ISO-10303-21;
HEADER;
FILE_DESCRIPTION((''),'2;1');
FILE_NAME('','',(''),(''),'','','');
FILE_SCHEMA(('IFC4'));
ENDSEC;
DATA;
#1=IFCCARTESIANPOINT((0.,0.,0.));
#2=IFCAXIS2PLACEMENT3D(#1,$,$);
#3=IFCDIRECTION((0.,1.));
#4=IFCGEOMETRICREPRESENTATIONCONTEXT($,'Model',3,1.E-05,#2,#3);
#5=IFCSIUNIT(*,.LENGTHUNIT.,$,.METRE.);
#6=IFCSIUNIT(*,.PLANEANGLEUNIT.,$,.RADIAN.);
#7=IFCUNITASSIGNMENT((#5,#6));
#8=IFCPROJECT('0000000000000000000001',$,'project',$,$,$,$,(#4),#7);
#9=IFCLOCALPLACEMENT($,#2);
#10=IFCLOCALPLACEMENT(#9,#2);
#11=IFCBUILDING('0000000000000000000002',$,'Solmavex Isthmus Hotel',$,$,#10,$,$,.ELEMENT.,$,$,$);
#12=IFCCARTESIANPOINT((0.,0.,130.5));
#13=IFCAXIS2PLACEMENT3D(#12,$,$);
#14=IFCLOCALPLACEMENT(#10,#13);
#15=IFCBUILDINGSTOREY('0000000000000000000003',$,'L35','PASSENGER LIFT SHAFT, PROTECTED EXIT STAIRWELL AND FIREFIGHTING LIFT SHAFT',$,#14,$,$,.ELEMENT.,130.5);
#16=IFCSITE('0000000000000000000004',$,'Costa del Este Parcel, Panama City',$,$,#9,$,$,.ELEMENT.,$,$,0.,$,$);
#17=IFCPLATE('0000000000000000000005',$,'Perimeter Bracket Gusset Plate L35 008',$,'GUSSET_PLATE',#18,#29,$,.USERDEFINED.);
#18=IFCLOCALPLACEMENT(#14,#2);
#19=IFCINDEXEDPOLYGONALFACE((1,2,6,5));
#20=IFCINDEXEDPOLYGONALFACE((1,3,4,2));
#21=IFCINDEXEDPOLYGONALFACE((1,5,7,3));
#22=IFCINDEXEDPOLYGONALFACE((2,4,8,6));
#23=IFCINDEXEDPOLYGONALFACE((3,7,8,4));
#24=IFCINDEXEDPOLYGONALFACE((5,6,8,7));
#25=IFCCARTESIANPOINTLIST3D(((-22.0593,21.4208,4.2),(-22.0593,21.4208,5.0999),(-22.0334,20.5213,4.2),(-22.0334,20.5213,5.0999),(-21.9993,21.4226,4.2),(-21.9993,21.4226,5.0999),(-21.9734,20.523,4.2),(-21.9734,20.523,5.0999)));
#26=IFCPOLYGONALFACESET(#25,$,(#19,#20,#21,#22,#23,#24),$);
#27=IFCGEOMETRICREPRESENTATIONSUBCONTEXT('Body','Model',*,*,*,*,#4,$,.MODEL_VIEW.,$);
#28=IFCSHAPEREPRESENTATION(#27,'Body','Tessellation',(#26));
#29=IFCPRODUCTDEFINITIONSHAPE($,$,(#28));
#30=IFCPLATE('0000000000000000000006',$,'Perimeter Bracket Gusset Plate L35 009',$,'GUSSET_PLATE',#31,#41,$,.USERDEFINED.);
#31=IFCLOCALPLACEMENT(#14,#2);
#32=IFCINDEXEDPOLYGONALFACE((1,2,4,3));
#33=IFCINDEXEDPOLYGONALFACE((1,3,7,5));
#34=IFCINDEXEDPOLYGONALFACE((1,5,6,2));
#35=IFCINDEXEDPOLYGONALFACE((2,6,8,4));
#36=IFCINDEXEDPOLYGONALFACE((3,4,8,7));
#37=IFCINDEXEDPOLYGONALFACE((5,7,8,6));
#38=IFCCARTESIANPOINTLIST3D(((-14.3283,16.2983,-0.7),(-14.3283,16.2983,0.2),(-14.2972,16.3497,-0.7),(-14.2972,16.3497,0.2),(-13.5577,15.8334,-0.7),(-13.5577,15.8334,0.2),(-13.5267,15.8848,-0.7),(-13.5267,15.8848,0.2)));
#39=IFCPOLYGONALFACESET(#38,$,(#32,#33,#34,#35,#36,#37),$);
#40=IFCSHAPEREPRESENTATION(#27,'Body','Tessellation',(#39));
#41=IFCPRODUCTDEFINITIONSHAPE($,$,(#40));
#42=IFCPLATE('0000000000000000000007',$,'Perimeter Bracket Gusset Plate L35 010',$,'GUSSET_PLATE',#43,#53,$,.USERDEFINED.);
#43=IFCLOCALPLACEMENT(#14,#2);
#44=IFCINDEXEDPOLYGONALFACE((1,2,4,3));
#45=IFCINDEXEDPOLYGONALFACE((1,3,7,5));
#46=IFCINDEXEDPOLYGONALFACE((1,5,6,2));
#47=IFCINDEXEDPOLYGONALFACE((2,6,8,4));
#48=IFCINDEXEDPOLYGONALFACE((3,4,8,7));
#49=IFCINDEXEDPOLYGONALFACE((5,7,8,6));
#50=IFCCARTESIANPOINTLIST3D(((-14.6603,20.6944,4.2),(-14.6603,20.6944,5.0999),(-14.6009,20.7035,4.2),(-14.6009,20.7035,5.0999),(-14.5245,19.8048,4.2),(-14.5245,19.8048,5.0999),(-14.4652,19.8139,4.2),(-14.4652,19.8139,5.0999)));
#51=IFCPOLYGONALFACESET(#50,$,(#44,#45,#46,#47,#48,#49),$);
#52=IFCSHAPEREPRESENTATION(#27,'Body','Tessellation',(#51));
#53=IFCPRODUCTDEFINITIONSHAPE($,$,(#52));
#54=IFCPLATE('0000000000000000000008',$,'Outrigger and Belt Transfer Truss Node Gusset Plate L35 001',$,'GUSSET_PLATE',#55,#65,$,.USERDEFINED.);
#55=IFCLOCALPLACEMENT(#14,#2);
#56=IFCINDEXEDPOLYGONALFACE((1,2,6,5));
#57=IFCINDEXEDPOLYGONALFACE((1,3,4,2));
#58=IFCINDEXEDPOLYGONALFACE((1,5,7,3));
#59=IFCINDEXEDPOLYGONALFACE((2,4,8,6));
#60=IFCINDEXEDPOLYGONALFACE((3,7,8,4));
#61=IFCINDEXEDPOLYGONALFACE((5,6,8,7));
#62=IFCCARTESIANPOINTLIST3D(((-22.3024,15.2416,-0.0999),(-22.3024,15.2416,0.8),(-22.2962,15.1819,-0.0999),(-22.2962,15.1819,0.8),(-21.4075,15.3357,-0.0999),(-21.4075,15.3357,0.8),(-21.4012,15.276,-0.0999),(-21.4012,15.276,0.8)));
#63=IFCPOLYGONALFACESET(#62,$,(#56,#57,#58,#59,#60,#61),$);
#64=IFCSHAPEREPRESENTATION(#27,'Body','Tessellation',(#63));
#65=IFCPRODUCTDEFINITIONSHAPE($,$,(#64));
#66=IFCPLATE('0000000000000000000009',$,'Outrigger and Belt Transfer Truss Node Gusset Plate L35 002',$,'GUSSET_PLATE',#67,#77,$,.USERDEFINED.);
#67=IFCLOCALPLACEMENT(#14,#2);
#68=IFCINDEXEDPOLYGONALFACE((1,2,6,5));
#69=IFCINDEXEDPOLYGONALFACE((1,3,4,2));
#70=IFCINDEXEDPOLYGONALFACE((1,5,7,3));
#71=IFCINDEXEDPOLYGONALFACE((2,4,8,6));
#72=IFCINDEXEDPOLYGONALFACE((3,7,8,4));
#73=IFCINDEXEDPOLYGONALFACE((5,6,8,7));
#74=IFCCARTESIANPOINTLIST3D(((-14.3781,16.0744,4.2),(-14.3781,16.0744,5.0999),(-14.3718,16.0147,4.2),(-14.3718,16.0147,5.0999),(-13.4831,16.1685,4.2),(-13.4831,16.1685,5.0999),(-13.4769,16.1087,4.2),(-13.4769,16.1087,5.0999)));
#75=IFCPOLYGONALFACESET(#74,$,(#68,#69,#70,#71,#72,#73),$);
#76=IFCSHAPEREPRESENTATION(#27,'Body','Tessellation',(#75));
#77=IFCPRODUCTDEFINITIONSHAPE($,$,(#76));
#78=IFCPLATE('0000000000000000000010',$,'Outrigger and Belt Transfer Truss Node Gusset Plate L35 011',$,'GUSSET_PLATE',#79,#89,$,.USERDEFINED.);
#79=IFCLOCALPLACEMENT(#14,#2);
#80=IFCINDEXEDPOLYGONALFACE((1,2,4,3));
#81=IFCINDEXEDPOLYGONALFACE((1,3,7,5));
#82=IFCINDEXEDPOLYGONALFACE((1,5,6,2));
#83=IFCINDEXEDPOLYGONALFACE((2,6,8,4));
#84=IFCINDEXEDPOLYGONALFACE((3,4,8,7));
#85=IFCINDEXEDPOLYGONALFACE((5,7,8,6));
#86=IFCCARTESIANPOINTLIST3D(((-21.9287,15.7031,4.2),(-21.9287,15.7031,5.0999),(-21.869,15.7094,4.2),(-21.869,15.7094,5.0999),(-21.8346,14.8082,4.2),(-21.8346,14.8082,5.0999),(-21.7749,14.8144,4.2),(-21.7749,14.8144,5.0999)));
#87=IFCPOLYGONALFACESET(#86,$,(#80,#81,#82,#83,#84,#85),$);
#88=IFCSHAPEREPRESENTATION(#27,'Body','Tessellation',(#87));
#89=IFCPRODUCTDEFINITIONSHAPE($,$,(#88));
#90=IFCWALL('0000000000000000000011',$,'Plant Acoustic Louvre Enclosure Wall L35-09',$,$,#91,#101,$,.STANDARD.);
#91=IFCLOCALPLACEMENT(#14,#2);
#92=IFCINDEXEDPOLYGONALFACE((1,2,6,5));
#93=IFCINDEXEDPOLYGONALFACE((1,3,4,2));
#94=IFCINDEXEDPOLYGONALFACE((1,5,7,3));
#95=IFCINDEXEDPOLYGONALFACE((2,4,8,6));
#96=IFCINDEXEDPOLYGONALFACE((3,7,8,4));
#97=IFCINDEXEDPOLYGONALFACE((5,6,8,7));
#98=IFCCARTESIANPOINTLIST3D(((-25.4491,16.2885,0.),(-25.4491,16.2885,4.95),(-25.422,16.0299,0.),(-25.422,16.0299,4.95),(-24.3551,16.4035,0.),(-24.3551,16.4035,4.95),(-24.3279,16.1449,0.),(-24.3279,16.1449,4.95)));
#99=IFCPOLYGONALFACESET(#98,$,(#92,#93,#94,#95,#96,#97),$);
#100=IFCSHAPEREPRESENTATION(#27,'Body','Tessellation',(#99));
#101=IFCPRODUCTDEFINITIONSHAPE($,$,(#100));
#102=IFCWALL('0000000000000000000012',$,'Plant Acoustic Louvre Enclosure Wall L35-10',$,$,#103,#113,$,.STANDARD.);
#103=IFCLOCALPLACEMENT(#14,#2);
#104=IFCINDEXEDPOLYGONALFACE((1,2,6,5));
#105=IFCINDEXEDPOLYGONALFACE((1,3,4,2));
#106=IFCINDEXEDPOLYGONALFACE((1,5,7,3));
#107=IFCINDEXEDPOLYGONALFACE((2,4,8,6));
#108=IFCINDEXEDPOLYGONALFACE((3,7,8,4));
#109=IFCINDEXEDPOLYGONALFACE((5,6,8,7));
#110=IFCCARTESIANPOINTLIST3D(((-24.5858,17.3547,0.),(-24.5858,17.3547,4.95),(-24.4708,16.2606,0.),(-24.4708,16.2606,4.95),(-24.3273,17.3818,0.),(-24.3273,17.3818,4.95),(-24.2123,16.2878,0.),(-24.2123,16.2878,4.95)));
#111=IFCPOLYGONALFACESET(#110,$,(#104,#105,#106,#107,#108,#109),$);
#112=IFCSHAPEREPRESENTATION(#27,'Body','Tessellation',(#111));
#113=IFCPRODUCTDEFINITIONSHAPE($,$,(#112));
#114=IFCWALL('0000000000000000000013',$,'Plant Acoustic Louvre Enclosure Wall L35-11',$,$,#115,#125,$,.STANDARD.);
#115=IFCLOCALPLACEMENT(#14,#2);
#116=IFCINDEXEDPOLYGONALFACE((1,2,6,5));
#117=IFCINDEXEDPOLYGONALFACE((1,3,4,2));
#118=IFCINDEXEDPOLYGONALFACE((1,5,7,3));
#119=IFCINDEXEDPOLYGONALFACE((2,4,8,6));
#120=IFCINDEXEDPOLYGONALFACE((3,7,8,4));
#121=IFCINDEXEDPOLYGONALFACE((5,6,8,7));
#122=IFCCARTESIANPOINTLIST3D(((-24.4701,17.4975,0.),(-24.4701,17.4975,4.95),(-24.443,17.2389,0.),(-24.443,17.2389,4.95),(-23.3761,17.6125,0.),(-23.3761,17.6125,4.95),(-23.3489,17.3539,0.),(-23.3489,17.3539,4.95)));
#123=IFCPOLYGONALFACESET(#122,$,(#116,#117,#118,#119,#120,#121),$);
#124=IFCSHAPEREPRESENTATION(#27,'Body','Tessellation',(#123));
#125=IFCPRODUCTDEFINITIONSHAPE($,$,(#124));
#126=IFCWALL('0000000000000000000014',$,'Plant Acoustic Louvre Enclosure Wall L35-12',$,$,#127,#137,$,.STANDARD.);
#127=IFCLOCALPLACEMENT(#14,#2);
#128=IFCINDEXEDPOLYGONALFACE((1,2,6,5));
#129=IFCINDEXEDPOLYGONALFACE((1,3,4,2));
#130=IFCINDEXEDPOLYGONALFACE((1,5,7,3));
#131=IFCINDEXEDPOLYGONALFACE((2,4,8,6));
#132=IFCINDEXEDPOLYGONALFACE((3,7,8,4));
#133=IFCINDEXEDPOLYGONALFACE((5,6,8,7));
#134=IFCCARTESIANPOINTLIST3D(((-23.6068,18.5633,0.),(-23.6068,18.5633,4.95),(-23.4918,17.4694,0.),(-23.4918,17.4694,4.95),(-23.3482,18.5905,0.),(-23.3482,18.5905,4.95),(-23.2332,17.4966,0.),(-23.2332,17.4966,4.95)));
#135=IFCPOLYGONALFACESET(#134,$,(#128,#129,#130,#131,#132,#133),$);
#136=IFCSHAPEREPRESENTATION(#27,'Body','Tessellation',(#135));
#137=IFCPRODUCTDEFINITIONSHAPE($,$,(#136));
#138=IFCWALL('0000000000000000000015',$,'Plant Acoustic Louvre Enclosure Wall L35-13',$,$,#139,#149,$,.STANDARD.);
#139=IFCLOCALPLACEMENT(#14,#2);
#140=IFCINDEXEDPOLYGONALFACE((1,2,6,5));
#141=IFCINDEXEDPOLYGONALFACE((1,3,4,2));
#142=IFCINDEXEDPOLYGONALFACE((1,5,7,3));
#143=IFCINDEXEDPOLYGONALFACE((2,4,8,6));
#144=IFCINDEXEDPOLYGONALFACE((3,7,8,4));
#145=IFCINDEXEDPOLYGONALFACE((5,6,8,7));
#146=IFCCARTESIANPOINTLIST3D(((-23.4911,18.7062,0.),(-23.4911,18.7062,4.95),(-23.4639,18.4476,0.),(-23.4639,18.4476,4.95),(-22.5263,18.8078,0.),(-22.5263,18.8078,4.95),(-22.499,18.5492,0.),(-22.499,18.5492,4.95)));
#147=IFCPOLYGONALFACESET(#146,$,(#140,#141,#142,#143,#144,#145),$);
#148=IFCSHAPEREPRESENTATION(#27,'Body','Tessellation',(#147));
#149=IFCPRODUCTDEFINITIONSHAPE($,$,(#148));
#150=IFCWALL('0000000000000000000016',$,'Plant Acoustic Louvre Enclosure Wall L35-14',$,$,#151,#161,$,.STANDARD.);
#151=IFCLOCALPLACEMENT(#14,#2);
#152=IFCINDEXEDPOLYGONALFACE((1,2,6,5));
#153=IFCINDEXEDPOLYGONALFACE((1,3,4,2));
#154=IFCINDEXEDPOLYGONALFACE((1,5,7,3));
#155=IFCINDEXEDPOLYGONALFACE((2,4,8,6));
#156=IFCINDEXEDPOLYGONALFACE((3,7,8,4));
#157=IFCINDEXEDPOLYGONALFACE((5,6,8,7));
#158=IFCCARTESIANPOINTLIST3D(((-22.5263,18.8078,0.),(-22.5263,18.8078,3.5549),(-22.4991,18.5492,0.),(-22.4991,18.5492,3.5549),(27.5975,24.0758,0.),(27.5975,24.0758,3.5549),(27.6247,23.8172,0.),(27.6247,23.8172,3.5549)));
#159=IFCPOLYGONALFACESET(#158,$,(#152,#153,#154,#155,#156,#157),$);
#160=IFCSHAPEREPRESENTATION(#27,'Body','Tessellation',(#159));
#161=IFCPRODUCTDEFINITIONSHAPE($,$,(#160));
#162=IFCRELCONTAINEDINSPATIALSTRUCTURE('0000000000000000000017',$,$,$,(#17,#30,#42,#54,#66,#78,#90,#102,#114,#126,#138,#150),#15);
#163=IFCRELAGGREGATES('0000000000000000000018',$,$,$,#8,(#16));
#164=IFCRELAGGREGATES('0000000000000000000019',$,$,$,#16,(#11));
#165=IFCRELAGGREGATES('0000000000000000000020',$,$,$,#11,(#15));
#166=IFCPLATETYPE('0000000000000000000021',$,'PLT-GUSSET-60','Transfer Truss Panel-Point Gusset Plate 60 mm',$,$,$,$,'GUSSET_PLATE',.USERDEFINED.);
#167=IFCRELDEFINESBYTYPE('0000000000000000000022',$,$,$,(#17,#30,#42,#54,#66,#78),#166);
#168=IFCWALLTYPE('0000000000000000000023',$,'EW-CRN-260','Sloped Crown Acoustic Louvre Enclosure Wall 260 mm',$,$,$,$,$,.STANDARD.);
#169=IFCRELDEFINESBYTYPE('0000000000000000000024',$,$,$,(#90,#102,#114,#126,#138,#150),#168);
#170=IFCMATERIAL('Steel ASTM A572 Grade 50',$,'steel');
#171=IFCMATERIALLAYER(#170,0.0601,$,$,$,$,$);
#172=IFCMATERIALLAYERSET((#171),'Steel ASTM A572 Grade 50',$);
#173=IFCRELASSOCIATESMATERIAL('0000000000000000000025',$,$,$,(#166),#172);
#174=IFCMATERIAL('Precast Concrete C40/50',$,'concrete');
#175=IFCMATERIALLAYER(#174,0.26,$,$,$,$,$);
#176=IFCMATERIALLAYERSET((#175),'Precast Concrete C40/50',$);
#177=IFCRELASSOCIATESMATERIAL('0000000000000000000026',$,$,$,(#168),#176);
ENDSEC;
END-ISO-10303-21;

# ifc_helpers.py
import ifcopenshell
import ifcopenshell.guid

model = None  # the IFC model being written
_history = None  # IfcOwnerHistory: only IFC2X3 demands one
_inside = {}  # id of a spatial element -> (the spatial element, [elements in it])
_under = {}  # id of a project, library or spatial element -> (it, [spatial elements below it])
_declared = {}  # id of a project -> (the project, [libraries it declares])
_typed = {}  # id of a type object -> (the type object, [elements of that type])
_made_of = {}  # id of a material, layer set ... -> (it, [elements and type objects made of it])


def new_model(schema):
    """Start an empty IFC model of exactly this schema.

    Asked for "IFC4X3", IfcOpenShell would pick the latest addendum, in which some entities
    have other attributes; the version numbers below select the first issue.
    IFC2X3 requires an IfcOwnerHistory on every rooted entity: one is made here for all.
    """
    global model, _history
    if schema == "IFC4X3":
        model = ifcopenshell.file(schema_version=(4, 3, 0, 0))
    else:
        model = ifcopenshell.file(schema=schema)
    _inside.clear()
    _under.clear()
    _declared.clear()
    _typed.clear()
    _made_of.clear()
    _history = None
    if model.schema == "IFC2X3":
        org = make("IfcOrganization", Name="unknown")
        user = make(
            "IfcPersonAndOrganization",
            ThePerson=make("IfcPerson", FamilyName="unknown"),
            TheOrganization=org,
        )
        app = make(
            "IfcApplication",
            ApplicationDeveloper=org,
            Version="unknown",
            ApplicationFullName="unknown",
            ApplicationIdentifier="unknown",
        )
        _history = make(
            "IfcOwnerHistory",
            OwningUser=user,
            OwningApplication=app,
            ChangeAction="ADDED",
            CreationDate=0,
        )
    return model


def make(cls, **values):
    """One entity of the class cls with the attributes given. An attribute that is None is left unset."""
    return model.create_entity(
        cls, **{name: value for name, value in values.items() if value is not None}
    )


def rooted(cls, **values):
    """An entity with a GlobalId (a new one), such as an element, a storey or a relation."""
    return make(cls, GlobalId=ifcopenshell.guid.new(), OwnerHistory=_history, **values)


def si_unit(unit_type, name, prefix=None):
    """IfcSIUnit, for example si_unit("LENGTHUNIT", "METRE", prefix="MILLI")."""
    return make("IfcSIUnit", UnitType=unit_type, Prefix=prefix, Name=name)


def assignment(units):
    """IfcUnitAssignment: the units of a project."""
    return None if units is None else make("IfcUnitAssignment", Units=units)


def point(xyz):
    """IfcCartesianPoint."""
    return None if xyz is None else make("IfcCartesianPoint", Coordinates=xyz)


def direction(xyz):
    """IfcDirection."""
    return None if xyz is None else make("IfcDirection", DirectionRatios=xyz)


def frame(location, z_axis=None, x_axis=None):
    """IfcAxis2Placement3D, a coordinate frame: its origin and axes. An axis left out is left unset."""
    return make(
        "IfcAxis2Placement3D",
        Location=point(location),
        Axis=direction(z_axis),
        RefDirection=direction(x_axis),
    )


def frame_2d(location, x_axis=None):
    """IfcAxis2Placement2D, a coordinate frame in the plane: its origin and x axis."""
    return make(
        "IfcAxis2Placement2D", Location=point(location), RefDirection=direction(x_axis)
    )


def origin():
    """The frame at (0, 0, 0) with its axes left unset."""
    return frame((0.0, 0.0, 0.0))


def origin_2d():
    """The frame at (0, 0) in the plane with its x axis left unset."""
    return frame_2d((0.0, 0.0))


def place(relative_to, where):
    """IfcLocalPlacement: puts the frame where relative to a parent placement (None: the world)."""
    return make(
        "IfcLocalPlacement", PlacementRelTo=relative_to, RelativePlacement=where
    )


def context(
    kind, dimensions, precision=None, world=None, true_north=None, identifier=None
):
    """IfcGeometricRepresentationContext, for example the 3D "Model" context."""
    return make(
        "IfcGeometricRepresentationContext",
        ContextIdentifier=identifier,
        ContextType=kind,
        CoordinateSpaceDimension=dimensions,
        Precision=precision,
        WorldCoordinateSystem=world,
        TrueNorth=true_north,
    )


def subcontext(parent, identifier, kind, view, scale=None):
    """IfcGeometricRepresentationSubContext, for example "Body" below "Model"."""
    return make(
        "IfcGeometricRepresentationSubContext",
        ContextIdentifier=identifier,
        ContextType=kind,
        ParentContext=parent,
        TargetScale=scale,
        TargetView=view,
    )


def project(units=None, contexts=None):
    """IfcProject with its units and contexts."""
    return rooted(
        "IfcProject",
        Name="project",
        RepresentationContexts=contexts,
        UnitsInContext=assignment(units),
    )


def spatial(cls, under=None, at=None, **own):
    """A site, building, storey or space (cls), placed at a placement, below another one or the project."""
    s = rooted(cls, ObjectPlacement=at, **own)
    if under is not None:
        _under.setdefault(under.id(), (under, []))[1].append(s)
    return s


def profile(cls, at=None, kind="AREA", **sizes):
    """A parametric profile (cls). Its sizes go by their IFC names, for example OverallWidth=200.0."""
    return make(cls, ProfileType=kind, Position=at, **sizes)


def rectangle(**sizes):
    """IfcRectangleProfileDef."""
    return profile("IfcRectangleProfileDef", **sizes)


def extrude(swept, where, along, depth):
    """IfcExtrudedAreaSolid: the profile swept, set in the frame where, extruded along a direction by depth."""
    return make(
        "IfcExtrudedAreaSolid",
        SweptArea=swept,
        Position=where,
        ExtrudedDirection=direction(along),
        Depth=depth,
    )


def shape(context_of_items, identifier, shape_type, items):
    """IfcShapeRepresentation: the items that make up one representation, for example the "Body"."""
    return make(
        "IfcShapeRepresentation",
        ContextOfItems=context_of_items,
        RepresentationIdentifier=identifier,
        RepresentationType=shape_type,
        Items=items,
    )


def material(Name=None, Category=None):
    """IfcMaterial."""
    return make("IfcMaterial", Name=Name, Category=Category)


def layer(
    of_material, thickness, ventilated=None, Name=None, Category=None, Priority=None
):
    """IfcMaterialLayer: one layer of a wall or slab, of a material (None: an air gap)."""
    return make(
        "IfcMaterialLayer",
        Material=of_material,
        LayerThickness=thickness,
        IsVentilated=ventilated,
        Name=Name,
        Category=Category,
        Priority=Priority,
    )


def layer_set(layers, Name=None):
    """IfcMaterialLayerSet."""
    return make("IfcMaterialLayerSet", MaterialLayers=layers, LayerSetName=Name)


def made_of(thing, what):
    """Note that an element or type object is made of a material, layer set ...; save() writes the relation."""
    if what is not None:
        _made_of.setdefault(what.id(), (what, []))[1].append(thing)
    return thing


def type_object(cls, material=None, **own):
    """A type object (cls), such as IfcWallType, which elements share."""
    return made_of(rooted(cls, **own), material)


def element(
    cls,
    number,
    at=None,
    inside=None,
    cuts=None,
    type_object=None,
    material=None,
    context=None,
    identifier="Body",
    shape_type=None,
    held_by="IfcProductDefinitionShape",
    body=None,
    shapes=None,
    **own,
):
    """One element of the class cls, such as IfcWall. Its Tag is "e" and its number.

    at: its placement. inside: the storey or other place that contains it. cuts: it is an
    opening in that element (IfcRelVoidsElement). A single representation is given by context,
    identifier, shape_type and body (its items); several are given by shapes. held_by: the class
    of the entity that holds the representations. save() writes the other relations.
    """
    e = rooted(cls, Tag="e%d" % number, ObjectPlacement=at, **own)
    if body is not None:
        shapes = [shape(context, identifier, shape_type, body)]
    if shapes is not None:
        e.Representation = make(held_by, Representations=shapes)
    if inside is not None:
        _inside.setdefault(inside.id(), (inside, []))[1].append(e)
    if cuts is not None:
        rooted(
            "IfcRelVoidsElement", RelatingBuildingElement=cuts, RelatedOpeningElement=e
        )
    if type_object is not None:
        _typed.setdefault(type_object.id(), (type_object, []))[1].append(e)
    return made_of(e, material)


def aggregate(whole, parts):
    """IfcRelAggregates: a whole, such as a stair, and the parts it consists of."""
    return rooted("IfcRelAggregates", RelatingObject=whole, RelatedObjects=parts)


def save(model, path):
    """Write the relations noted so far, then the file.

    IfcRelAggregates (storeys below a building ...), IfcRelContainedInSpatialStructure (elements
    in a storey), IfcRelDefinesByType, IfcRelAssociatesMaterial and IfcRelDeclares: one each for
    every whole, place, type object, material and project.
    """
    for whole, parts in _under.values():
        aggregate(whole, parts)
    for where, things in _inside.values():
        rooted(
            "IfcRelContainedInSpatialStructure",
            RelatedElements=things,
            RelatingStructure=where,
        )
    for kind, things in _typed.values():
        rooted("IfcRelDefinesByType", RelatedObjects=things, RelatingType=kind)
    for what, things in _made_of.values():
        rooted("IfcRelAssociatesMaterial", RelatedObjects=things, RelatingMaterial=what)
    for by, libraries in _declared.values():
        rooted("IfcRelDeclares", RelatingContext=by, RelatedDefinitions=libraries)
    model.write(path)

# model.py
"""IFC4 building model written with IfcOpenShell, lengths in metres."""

from ifc_helpers import new_model, si_unit, direction, frame, frame_2d, origin, origin_2d, place, context, subcontext, project, spatial, rectangle, extrude, material, layer, layer_set, type_object, element, save


model = new_model("IFC4")

# Units and contexts
model_context = context("Model", 3, precision=1e-05, world=origin(), true_north=direction((0.0, 1.0)))
body_context = subcontext(model_context, "Body", "Model", "MODEL_VIEW")
ifc_project = project(units=[si_unit("LENGTHUNIT", "METRE"), si_unit("PLANEANGLEUNIT", "RADIAN")], contexts=[model_context])

# Site, building, storey
site_placement = place(None, origin())
site = spatial("IfcSite", under=ifc_project, at=site_placement, Name="Costa del Este Parcel, Panama City", CompositionType="ELEMENT", RefElevation=0.0)
building_placement = place(site_placement, origin())
building = spatial("IfcBuilding", under=site, at=building_placement, Name="Solmavex Isthmus Hotel", CompositionType="ELEMENT")
storey_placement = place(building_placement, frame((0.0, 0.0, 130.5)))
storey = spatial("IfcBuildingStorey", under=building, at=storey_placement, Name="L35", Description="PASSENGER LIFT SHAFT, PROTECTED EXIT STAIRWELL AND FIREFIGHTING LIFT SHAFT", CompositionType="ELEMENT", Elevation=130.5)

# Plates
ifc_material_1 = material(Name="Steel ASTM A572 Grade 50", Category="steel")
ifc_layer_1 = layer(ifc_material_1, 0.0601)
ifc_layer_set_1 = layer_set([ifc_layer_1], Name="Steel ASTM A572 Grade 50")
plate_type = type_object("IfcPlateType", Name="PLT-GUSSET-60", Description="Transfer Truss Panel-Point Gusset Plate 60 mm", ElementType="GUSSET_PLATE", PredefinedType="USERDEFINED", material=ifc_layer_set_1)
for number, where, z_axis, x_axis, name in (
    (1, (-22.0164, 20.9719, 4.2), (0.0, 0.0, 1.0), (-0.028777, 0.999586, 0.0), "Perimeter Bracket Gusset Plate L35 008"),
    (2, (-13.9275, 16.0916, -0.7), (0.0, 0.0, 1.0), (-0.856231, 0.516593, 0.0), "Perimeter Bracket Gusset Plate L35 009"),
    (3, (-14.5627, 20.2542, 4.2), (0.0, 0.0, 1.0), (-0.150881, 0.988552, 0.0), "Perimeter Bracket Gusset Plate L35 010"),
    (4, (-21.8518, 15.2588, -0.0999), (0.0, 0.0, 1.0), (0.994522, 0.104528, 0.0), "Outrigger and Belt Transfer Truss Node Gusset Plate L35 001"),
    (5, (-13.9275, 16.0916, 4.2), (0.0, 0.0, 1.0), (0.994522, 0.104528, 0.0), "Outrigger and Belt Transfer Truss Node Gusset Plate L35 002"),
    (6, (-21.8518, 15.2588, 4.2), (0.0, 0.0, 1.0), (-0.104528, 0.994522, 0.0), "Outrigger and Belt Transfer Truss Node Gusset Plate L35 011"),
):
    element("IfcPlate", number, at=place(storey_placement, frame(where, z_axis=z_axis, x_axis=x_axis)), inside=storey, type_object=plate_type, Name=name, ObjectType="GUSSET_PLATE", PredefinedType="USERDEFINED", context=body_context, shape_type="SweptSolid", body=[
        extrude(rectangle(XDim=0.8999, YDim=0.0601, at=origin_2d()), origin(), (0.0, 0.0, 1.0), 0.8999),
    ])

# Walls
ifc_material_2 = material(Name="Precast Concrete C40/50", Category="concrete")
ifc_layer_2 = layer(ifc_material_2, 0.26)
ifc_layer_set_2 = layer_set([ifc_layer_2], Name="Precast Concrete C40/50")
wall_type = type_object("IfcWallType", Name="EW-CRN-260", Description="Sloped Crown Acoustic Louvre Enclosure Wall 260 mm", PredefinedType="STANDARD", material=ifc_layer_set_2)
for number, where, z_axis, x_axis, name in (
    (7, (-25.4355, 16.1592, 0.0), (0.0, 0.0, 1.0), (0.994521, 0.104535, 0.0), "Plant Acoustic Louvre Enclosure Wall L35-09"),
    (8, (-24.3416, 16.2742, 0.0), (0.0, 0.0, 1.0), (-0.104535, 0.994521, 0.0), "Plant Acoustic Louvre Enclosure Wall L35-10"),
    (9, (-24.4565, 17.3682, 0.0), (0.0, 0.0, 1.0), (0.994521, 0.104535, 0.0), "Plant Acoustic Louvre Enclosure Wall L35-11"),
):
    element("IfcWall", number, at=place(storey_placement, frame(where, z_axis=z_axis, x_axis=x_axis)), inside=storey, type_object=wall_type, Name=name, PredefinedType="STANDARD", context=body_context, shape_type="SweptSolid", body=[
        extrude(rectangle(XDim=1.1001, YDim=0.26, at=frame_2d((0.55, 0.0))), origin(), (0.0, 0.0, 1.0), 4.95),
    ])
wall_1_placement = place(storey_placement, frame((-23.3625, 17.4832, 0.0), z_axis=(0.0, 0.0, 1.0), x_axis=(-0.104558, 0.994519, 0.0)))
element("IfcWall", 10, at=wall_1_placement, inside=storey, type_object=wall_type, Name="Plant Acoustic Louvre Enclosure Wall L35-12", PredefinedType="STANDARD", context=body_context, shape_type="SweptSolid", body=[
    extrude(rectangle(XDim=1.0999, YDim=0.26, at=frame_2d((0.5498, 0.0))), origin(), (0.0, 0.0, 1.0), 4.95),
])
wall_2_placement = place(storey_placement, frame((-23.4775, 18.5769, 0.0), z_axis=(0.0, 0.0, 1.0), x_axis=(0.994505, 0.104685, 0.0)))
element("IfcWall", 11, at=wall_2_placement, inside=storey, type_object=wall_type, Name="Plant Acoustic Louvre Enclosure Wall L35-13", PredefinedType="STANDARD", context=body_context, shape_type="SweptSolid", body=[
    extrude(rectangle(XDim=0.9702, YDim=0.26, at=frame_2d((0.4851, 0.0))), origin(), (0.0, 0.0, 1.0), 4.95),
])
wall_3_placement = place(storey_placement, frame((-22.5127, 18.6785, 0.0), z_axis=(0.0, 0.0, 1.0), x_axis=(0.994522, 0.104525, 0.0)))
element("IfcWall", 12, at=wall_3_placement, inside=storey, type_object=wall_type, Name="Plant Acoustic Louvre Enclosure Wall L35-14", PredefinedType="STANDARD", context=body_context, shape_type="SweptSolid", body=[
    extrude(rectangle(XDim=50.3999, YDim=0.26, at=frame_2d((25.2, 0.0))), origin(), (0.0, 0.0, 1.0), 3.5549),
])

save(model, "model.ifc")
